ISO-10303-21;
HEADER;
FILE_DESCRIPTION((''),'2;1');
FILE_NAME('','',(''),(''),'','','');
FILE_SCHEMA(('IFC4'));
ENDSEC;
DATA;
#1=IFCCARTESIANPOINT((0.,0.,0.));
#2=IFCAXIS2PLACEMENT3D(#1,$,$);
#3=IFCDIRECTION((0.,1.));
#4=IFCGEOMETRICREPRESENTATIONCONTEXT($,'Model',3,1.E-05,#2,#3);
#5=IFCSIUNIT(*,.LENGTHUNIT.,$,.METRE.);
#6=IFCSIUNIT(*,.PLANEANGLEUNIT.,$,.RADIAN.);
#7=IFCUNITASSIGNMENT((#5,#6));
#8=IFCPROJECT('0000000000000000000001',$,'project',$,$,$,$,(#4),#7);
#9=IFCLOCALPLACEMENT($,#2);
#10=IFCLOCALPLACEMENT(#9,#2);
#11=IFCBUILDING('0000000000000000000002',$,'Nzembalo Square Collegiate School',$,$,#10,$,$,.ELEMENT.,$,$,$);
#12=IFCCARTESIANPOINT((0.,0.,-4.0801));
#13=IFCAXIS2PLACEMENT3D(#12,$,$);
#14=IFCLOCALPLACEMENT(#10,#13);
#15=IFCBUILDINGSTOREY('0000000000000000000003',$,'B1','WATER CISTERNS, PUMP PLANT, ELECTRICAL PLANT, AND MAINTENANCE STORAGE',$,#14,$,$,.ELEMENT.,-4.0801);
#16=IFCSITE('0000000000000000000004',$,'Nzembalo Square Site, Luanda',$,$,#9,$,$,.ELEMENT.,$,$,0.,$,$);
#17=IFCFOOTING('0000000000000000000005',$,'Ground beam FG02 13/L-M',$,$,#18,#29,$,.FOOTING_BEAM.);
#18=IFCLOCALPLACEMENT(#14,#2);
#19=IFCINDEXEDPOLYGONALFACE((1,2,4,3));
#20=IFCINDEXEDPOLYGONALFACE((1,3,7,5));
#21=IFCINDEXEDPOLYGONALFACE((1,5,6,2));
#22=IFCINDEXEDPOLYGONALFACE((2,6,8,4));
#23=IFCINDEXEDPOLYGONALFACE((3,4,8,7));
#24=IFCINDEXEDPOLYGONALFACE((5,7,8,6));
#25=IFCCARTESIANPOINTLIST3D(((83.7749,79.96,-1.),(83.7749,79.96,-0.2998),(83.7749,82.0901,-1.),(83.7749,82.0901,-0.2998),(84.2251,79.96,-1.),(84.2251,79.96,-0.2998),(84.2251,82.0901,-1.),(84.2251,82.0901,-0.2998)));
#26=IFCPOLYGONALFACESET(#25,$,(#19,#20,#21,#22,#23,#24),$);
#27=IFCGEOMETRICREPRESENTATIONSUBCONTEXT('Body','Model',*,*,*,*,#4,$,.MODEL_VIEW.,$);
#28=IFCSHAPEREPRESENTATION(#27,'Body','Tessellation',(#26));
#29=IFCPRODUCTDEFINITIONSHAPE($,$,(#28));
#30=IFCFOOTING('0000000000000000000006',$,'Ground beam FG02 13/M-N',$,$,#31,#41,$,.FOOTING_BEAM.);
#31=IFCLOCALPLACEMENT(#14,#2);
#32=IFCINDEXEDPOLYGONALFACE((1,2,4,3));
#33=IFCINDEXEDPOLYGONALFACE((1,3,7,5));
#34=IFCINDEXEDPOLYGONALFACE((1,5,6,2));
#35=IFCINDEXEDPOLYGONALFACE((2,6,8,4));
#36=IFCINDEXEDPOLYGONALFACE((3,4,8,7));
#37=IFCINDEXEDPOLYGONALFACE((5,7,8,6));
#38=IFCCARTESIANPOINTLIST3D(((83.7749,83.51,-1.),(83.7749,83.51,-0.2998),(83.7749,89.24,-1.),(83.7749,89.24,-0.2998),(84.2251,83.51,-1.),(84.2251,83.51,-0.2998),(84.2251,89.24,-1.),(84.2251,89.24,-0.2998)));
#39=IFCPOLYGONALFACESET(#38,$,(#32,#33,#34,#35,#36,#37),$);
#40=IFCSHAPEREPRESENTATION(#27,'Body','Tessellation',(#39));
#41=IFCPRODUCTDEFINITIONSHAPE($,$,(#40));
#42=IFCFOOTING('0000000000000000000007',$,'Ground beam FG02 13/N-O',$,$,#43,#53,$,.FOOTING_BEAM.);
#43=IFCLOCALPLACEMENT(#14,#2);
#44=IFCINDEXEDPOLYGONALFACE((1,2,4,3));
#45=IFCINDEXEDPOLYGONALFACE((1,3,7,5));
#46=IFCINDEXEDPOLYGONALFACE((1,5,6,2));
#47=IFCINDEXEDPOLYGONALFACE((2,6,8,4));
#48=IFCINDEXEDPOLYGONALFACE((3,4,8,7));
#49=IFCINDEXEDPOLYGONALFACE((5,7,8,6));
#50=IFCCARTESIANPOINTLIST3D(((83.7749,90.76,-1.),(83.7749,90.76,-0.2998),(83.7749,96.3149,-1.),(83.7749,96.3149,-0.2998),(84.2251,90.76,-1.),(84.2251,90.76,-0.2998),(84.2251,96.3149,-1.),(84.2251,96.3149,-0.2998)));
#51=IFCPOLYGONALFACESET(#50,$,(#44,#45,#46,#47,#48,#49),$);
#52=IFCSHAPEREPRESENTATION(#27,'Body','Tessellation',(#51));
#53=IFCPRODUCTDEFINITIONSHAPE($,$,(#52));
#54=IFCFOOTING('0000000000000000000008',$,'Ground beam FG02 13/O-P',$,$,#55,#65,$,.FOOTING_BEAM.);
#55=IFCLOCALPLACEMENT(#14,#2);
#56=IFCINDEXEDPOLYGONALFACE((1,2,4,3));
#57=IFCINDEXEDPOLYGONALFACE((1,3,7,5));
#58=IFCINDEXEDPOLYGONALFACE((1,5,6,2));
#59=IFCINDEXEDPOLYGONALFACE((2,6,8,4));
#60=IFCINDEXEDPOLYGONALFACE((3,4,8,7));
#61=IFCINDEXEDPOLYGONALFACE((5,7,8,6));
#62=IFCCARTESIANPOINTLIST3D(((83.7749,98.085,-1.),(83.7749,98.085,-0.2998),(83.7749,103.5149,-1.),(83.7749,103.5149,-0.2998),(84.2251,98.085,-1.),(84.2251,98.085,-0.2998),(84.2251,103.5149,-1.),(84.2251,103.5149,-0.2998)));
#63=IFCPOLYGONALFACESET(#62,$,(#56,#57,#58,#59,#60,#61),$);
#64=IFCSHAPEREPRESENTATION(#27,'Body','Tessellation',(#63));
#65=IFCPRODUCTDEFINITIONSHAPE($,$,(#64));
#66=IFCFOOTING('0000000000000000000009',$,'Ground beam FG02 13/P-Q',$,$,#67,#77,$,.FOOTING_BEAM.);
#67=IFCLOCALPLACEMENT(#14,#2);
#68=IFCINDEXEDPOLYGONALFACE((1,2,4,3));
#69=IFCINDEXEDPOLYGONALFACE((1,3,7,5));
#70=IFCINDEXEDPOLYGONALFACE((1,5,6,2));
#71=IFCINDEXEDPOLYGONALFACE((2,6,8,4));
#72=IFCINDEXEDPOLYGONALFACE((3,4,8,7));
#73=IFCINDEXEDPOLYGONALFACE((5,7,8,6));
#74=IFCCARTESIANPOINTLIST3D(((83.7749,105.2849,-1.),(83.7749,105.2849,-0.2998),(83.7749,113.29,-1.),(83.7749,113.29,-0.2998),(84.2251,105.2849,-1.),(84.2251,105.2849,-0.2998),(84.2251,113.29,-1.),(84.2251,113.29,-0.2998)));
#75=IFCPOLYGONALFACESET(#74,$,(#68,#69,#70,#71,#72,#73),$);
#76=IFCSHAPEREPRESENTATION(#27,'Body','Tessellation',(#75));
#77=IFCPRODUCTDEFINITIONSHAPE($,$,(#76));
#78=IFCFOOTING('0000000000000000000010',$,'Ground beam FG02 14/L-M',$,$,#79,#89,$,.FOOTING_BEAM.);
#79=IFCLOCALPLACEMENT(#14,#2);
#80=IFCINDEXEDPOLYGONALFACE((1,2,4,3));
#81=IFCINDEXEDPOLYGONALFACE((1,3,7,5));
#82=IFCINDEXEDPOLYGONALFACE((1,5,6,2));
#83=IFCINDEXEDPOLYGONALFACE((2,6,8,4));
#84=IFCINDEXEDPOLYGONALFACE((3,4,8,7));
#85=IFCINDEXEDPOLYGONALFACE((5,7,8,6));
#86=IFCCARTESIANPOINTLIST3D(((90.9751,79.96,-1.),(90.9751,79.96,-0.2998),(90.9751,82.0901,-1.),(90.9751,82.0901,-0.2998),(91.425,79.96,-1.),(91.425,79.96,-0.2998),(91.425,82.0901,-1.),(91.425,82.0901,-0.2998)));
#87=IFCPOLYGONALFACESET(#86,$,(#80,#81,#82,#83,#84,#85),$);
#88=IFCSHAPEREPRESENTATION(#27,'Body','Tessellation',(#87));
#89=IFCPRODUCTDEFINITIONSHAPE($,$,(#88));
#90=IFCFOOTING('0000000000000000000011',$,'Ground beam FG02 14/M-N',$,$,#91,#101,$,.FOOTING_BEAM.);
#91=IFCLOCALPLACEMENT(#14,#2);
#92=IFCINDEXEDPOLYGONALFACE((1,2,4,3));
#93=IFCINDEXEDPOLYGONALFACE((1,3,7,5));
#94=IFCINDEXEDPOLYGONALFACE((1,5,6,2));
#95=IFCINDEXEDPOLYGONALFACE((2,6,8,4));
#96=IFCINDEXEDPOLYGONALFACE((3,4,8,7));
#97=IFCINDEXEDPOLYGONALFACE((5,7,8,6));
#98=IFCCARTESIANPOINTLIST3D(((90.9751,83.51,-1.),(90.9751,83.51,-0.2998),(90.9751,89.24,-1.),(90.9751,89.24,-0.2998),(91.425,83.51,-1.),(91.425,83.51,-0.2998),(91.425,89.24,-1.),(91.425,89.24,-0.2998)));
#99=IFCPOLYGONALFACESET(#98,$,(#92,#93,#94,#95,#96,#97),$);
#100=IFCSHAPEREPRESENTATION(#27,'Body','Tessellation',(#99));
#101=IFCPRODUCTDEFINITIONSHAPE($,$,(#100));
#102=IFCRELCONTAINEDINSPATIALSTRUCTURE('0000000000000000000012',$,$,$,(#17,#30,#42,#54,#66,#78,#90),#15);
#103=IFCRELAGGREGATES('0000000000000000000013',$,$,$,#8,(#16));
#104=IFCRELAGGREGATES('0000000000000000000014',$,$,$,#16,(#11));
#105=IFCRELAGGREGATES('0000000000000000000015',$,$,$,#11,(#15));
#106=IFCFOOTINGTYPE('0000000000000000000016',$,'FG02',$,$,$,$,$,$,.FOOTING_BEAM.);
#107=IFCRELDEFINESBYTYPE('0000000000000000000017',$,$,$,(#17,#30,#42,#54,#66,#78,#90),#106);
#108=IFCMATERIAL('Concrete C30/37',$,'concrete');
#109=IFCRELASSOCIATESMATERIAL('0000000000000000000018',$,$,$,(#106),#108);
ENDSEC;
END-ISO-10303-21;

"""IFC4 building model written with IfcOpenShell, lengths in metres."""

from ifc_helpers import new_model, si_unit, direction, frame, origin, place, context, subcontext, project, spatial, polyline, outline, extrude, material, type_object, element, save


model = new_model("IFC4")

# Units and contexts
model_context = context("Model", 3, precision=1e-05, world=origin(), true_north=direction((0.0, 1.0)))
body_context = subcontext(model_context, "Body", "Model", "MODEL_VIEW")
ifc_project = project(units=[si_unit("LENGTHUNIT", "METRE"), si_unit("PLANEANGLEUNIT", "RADIAN")], contexts=[model_context])

# Site, building, storey
site_placement = place(None, origin())
site = spatial("IfcSite", under=ifc_project, at=site_placement, Name="Nzembalo Square Site, Luanda", CompositionType="ELEMENT", RefElevation=0.0)
building_placement = place(site_placement, origin())
building = spatial("IfcBuilding", under=site, at=building_placement, Name="Nzembalo Square Collegiate School", CompositionType="ELEMENT")
storey_placement = place(building_placement, frame((0.0, 0.0, -4.0801)))
storey = spatial("IfcBuildingStorey", under=building, at=storey_placement, Name="B1", Description="WATER CISTERNS, PUMP PLANT, ELECTRICAL PLANT, AND MAINTENANCE STORAGE", CompositionType="ELEMENT", Elevation=-4.0801)

# Footings
ifc_material = material(Name="Concrete C30/37", Category="concrete")
footing_type = type_object("IfcFootingType", Name="FG02", PredefinedType="FOOTING_BEAM", material=ifc_material)
footing_1_placement = place(storey_placement, frame((0.0, 0.0, -1.0)))
element("IfcFooting", 1, at=footing_1_placement, inside=storey, type_object=footing_type, Name="Ground beam FG02 13/L-M", PredefinedType="FOOTING_BEAM", context=body_context, shape_type="SweptSolid", body=[
    extrude(outline(polyline([(83.7749, 79.96), (84.2251, 79.96), (84.2251, 82.0901), (83.7749, 82.0901), (83.7749, 79.96)])), origin(), (0.0, 0.0, 1.0), 0.7002),
])
footing_2_placement = place(storey_placement, frame((0.0, 0.0, -1.0)))
element("IfcFooting", 2, at=footing_2_placement, inside=storey, type_object=footing_type, Name="Ground beam FG02 13/M-N", PredefinedType="FOOTING_BEAM", context=body_context, shape_type="SweptSolid", body=[
    extrude(outline(polyline([(83.7749, 83.51), (84.2251, 83.51), (84.2251, 89.24), (83.7749, 89.24), (83.7749, 83.51)])), origin(), (0.0, 0.0, 1.0), 0.7002),
])
footing_3_placement = place(storey_placement, frame((0.0, 0.0, -1.0)))
element("IfcFooting", 3, at=footing_3_placement, inside=storey, type_object=footing_type, Name="Ground beam FG02 13/N-O", PredefinedType="FOOTING_BEAM", context=body_context, shape_type="SweptSolid", body=[
    extrude(outline(polyline([(83.7749, 90.76), (84.2251, 90.76), (84.2251, 96.3149), (83.7749, 96.3149), (83.7749, 90.76)])), origin(), (0.0, 0.0, 1.0), 0.7002),
])
footing_4_placement = place(storey_placement, frame((0.0, 0.0, -1.0)))
element("IfcFooting", 4, at=footing_4_placement, inside=storey, type_object=footing_type, Name="Ground beam FG02 13/O-P", PredefinedType="FOOTING_BEAM", context=body_context, shape_type="SweptSolid", body=[
    extrude(outline(polyline([(83.7749, 98.085), (84.2251, 98.085), (84.2251, 103.5149), (83.7749, 103.5149), (83.7749, 98.085)])), origin(), (0.0, 0.0, 1.0), 0.7002),
])
footing_5_placement = place(storey_placement, frame((0.0, 0.0, -1.0)))
element("IfcFooting", 5, at=footing_5_placement, inside=storey, type_object=footing_type, Name="Ground beam FG02 13/P-Q", PredefinedType="FOOTING_BEAM", context=body_context, shape_type="SweptSolid", body=[
    extrude(outline(polyline([(83.7749, 105.2849), (84.2251, 105.2849), (84.2251, 113.29), (83.7749, 113.29), (83.7749, 105.2849)])), origin(), (0.0, 0.0, 1.0), 0.7002),
])
footing_6_placement = place(storey_placement, frame((0.0, 0.0, -1.0)))
element("IfcFooting", 6, at=footing_6_placement, inside=storey, type_object=footing_type, Name="Ground beam FG02 14/L-M", PredefinedType="FOOTING_BEAM", context=body_context, shape_type="SweptSolid", body=[
    extrude(outline(polyline([(90.9751, 79.96), (91.425, 79.96), (91.425, 82.0901), (90.9751, 82.0901), (90.9751, 79.96)])), origin(), (0.0, 0.0, 1.0), 0.7002),
])
footing_7_placement = place(storey_placement, frame((0.0, 0.0, -1.0)))
element("IfcFooting", 7, at=footing_7_placement, inside=storey, type_object=footing_type, Name="Ground beam FG02 14/M-N", PredefinedType="FOOTING_BEAM", context=body_context, shape_type="SweptSolid", body=[
    extrude(outline(polyline([(90.9751, 83.51), (91.425, 83.51), (91.425, 89.24), (90.9751, 89.24), (90.9751, 83.51)])), origin(), (0.0, 0.0, 1.0), 0.7002),
])

save(model, "model.ifc")
